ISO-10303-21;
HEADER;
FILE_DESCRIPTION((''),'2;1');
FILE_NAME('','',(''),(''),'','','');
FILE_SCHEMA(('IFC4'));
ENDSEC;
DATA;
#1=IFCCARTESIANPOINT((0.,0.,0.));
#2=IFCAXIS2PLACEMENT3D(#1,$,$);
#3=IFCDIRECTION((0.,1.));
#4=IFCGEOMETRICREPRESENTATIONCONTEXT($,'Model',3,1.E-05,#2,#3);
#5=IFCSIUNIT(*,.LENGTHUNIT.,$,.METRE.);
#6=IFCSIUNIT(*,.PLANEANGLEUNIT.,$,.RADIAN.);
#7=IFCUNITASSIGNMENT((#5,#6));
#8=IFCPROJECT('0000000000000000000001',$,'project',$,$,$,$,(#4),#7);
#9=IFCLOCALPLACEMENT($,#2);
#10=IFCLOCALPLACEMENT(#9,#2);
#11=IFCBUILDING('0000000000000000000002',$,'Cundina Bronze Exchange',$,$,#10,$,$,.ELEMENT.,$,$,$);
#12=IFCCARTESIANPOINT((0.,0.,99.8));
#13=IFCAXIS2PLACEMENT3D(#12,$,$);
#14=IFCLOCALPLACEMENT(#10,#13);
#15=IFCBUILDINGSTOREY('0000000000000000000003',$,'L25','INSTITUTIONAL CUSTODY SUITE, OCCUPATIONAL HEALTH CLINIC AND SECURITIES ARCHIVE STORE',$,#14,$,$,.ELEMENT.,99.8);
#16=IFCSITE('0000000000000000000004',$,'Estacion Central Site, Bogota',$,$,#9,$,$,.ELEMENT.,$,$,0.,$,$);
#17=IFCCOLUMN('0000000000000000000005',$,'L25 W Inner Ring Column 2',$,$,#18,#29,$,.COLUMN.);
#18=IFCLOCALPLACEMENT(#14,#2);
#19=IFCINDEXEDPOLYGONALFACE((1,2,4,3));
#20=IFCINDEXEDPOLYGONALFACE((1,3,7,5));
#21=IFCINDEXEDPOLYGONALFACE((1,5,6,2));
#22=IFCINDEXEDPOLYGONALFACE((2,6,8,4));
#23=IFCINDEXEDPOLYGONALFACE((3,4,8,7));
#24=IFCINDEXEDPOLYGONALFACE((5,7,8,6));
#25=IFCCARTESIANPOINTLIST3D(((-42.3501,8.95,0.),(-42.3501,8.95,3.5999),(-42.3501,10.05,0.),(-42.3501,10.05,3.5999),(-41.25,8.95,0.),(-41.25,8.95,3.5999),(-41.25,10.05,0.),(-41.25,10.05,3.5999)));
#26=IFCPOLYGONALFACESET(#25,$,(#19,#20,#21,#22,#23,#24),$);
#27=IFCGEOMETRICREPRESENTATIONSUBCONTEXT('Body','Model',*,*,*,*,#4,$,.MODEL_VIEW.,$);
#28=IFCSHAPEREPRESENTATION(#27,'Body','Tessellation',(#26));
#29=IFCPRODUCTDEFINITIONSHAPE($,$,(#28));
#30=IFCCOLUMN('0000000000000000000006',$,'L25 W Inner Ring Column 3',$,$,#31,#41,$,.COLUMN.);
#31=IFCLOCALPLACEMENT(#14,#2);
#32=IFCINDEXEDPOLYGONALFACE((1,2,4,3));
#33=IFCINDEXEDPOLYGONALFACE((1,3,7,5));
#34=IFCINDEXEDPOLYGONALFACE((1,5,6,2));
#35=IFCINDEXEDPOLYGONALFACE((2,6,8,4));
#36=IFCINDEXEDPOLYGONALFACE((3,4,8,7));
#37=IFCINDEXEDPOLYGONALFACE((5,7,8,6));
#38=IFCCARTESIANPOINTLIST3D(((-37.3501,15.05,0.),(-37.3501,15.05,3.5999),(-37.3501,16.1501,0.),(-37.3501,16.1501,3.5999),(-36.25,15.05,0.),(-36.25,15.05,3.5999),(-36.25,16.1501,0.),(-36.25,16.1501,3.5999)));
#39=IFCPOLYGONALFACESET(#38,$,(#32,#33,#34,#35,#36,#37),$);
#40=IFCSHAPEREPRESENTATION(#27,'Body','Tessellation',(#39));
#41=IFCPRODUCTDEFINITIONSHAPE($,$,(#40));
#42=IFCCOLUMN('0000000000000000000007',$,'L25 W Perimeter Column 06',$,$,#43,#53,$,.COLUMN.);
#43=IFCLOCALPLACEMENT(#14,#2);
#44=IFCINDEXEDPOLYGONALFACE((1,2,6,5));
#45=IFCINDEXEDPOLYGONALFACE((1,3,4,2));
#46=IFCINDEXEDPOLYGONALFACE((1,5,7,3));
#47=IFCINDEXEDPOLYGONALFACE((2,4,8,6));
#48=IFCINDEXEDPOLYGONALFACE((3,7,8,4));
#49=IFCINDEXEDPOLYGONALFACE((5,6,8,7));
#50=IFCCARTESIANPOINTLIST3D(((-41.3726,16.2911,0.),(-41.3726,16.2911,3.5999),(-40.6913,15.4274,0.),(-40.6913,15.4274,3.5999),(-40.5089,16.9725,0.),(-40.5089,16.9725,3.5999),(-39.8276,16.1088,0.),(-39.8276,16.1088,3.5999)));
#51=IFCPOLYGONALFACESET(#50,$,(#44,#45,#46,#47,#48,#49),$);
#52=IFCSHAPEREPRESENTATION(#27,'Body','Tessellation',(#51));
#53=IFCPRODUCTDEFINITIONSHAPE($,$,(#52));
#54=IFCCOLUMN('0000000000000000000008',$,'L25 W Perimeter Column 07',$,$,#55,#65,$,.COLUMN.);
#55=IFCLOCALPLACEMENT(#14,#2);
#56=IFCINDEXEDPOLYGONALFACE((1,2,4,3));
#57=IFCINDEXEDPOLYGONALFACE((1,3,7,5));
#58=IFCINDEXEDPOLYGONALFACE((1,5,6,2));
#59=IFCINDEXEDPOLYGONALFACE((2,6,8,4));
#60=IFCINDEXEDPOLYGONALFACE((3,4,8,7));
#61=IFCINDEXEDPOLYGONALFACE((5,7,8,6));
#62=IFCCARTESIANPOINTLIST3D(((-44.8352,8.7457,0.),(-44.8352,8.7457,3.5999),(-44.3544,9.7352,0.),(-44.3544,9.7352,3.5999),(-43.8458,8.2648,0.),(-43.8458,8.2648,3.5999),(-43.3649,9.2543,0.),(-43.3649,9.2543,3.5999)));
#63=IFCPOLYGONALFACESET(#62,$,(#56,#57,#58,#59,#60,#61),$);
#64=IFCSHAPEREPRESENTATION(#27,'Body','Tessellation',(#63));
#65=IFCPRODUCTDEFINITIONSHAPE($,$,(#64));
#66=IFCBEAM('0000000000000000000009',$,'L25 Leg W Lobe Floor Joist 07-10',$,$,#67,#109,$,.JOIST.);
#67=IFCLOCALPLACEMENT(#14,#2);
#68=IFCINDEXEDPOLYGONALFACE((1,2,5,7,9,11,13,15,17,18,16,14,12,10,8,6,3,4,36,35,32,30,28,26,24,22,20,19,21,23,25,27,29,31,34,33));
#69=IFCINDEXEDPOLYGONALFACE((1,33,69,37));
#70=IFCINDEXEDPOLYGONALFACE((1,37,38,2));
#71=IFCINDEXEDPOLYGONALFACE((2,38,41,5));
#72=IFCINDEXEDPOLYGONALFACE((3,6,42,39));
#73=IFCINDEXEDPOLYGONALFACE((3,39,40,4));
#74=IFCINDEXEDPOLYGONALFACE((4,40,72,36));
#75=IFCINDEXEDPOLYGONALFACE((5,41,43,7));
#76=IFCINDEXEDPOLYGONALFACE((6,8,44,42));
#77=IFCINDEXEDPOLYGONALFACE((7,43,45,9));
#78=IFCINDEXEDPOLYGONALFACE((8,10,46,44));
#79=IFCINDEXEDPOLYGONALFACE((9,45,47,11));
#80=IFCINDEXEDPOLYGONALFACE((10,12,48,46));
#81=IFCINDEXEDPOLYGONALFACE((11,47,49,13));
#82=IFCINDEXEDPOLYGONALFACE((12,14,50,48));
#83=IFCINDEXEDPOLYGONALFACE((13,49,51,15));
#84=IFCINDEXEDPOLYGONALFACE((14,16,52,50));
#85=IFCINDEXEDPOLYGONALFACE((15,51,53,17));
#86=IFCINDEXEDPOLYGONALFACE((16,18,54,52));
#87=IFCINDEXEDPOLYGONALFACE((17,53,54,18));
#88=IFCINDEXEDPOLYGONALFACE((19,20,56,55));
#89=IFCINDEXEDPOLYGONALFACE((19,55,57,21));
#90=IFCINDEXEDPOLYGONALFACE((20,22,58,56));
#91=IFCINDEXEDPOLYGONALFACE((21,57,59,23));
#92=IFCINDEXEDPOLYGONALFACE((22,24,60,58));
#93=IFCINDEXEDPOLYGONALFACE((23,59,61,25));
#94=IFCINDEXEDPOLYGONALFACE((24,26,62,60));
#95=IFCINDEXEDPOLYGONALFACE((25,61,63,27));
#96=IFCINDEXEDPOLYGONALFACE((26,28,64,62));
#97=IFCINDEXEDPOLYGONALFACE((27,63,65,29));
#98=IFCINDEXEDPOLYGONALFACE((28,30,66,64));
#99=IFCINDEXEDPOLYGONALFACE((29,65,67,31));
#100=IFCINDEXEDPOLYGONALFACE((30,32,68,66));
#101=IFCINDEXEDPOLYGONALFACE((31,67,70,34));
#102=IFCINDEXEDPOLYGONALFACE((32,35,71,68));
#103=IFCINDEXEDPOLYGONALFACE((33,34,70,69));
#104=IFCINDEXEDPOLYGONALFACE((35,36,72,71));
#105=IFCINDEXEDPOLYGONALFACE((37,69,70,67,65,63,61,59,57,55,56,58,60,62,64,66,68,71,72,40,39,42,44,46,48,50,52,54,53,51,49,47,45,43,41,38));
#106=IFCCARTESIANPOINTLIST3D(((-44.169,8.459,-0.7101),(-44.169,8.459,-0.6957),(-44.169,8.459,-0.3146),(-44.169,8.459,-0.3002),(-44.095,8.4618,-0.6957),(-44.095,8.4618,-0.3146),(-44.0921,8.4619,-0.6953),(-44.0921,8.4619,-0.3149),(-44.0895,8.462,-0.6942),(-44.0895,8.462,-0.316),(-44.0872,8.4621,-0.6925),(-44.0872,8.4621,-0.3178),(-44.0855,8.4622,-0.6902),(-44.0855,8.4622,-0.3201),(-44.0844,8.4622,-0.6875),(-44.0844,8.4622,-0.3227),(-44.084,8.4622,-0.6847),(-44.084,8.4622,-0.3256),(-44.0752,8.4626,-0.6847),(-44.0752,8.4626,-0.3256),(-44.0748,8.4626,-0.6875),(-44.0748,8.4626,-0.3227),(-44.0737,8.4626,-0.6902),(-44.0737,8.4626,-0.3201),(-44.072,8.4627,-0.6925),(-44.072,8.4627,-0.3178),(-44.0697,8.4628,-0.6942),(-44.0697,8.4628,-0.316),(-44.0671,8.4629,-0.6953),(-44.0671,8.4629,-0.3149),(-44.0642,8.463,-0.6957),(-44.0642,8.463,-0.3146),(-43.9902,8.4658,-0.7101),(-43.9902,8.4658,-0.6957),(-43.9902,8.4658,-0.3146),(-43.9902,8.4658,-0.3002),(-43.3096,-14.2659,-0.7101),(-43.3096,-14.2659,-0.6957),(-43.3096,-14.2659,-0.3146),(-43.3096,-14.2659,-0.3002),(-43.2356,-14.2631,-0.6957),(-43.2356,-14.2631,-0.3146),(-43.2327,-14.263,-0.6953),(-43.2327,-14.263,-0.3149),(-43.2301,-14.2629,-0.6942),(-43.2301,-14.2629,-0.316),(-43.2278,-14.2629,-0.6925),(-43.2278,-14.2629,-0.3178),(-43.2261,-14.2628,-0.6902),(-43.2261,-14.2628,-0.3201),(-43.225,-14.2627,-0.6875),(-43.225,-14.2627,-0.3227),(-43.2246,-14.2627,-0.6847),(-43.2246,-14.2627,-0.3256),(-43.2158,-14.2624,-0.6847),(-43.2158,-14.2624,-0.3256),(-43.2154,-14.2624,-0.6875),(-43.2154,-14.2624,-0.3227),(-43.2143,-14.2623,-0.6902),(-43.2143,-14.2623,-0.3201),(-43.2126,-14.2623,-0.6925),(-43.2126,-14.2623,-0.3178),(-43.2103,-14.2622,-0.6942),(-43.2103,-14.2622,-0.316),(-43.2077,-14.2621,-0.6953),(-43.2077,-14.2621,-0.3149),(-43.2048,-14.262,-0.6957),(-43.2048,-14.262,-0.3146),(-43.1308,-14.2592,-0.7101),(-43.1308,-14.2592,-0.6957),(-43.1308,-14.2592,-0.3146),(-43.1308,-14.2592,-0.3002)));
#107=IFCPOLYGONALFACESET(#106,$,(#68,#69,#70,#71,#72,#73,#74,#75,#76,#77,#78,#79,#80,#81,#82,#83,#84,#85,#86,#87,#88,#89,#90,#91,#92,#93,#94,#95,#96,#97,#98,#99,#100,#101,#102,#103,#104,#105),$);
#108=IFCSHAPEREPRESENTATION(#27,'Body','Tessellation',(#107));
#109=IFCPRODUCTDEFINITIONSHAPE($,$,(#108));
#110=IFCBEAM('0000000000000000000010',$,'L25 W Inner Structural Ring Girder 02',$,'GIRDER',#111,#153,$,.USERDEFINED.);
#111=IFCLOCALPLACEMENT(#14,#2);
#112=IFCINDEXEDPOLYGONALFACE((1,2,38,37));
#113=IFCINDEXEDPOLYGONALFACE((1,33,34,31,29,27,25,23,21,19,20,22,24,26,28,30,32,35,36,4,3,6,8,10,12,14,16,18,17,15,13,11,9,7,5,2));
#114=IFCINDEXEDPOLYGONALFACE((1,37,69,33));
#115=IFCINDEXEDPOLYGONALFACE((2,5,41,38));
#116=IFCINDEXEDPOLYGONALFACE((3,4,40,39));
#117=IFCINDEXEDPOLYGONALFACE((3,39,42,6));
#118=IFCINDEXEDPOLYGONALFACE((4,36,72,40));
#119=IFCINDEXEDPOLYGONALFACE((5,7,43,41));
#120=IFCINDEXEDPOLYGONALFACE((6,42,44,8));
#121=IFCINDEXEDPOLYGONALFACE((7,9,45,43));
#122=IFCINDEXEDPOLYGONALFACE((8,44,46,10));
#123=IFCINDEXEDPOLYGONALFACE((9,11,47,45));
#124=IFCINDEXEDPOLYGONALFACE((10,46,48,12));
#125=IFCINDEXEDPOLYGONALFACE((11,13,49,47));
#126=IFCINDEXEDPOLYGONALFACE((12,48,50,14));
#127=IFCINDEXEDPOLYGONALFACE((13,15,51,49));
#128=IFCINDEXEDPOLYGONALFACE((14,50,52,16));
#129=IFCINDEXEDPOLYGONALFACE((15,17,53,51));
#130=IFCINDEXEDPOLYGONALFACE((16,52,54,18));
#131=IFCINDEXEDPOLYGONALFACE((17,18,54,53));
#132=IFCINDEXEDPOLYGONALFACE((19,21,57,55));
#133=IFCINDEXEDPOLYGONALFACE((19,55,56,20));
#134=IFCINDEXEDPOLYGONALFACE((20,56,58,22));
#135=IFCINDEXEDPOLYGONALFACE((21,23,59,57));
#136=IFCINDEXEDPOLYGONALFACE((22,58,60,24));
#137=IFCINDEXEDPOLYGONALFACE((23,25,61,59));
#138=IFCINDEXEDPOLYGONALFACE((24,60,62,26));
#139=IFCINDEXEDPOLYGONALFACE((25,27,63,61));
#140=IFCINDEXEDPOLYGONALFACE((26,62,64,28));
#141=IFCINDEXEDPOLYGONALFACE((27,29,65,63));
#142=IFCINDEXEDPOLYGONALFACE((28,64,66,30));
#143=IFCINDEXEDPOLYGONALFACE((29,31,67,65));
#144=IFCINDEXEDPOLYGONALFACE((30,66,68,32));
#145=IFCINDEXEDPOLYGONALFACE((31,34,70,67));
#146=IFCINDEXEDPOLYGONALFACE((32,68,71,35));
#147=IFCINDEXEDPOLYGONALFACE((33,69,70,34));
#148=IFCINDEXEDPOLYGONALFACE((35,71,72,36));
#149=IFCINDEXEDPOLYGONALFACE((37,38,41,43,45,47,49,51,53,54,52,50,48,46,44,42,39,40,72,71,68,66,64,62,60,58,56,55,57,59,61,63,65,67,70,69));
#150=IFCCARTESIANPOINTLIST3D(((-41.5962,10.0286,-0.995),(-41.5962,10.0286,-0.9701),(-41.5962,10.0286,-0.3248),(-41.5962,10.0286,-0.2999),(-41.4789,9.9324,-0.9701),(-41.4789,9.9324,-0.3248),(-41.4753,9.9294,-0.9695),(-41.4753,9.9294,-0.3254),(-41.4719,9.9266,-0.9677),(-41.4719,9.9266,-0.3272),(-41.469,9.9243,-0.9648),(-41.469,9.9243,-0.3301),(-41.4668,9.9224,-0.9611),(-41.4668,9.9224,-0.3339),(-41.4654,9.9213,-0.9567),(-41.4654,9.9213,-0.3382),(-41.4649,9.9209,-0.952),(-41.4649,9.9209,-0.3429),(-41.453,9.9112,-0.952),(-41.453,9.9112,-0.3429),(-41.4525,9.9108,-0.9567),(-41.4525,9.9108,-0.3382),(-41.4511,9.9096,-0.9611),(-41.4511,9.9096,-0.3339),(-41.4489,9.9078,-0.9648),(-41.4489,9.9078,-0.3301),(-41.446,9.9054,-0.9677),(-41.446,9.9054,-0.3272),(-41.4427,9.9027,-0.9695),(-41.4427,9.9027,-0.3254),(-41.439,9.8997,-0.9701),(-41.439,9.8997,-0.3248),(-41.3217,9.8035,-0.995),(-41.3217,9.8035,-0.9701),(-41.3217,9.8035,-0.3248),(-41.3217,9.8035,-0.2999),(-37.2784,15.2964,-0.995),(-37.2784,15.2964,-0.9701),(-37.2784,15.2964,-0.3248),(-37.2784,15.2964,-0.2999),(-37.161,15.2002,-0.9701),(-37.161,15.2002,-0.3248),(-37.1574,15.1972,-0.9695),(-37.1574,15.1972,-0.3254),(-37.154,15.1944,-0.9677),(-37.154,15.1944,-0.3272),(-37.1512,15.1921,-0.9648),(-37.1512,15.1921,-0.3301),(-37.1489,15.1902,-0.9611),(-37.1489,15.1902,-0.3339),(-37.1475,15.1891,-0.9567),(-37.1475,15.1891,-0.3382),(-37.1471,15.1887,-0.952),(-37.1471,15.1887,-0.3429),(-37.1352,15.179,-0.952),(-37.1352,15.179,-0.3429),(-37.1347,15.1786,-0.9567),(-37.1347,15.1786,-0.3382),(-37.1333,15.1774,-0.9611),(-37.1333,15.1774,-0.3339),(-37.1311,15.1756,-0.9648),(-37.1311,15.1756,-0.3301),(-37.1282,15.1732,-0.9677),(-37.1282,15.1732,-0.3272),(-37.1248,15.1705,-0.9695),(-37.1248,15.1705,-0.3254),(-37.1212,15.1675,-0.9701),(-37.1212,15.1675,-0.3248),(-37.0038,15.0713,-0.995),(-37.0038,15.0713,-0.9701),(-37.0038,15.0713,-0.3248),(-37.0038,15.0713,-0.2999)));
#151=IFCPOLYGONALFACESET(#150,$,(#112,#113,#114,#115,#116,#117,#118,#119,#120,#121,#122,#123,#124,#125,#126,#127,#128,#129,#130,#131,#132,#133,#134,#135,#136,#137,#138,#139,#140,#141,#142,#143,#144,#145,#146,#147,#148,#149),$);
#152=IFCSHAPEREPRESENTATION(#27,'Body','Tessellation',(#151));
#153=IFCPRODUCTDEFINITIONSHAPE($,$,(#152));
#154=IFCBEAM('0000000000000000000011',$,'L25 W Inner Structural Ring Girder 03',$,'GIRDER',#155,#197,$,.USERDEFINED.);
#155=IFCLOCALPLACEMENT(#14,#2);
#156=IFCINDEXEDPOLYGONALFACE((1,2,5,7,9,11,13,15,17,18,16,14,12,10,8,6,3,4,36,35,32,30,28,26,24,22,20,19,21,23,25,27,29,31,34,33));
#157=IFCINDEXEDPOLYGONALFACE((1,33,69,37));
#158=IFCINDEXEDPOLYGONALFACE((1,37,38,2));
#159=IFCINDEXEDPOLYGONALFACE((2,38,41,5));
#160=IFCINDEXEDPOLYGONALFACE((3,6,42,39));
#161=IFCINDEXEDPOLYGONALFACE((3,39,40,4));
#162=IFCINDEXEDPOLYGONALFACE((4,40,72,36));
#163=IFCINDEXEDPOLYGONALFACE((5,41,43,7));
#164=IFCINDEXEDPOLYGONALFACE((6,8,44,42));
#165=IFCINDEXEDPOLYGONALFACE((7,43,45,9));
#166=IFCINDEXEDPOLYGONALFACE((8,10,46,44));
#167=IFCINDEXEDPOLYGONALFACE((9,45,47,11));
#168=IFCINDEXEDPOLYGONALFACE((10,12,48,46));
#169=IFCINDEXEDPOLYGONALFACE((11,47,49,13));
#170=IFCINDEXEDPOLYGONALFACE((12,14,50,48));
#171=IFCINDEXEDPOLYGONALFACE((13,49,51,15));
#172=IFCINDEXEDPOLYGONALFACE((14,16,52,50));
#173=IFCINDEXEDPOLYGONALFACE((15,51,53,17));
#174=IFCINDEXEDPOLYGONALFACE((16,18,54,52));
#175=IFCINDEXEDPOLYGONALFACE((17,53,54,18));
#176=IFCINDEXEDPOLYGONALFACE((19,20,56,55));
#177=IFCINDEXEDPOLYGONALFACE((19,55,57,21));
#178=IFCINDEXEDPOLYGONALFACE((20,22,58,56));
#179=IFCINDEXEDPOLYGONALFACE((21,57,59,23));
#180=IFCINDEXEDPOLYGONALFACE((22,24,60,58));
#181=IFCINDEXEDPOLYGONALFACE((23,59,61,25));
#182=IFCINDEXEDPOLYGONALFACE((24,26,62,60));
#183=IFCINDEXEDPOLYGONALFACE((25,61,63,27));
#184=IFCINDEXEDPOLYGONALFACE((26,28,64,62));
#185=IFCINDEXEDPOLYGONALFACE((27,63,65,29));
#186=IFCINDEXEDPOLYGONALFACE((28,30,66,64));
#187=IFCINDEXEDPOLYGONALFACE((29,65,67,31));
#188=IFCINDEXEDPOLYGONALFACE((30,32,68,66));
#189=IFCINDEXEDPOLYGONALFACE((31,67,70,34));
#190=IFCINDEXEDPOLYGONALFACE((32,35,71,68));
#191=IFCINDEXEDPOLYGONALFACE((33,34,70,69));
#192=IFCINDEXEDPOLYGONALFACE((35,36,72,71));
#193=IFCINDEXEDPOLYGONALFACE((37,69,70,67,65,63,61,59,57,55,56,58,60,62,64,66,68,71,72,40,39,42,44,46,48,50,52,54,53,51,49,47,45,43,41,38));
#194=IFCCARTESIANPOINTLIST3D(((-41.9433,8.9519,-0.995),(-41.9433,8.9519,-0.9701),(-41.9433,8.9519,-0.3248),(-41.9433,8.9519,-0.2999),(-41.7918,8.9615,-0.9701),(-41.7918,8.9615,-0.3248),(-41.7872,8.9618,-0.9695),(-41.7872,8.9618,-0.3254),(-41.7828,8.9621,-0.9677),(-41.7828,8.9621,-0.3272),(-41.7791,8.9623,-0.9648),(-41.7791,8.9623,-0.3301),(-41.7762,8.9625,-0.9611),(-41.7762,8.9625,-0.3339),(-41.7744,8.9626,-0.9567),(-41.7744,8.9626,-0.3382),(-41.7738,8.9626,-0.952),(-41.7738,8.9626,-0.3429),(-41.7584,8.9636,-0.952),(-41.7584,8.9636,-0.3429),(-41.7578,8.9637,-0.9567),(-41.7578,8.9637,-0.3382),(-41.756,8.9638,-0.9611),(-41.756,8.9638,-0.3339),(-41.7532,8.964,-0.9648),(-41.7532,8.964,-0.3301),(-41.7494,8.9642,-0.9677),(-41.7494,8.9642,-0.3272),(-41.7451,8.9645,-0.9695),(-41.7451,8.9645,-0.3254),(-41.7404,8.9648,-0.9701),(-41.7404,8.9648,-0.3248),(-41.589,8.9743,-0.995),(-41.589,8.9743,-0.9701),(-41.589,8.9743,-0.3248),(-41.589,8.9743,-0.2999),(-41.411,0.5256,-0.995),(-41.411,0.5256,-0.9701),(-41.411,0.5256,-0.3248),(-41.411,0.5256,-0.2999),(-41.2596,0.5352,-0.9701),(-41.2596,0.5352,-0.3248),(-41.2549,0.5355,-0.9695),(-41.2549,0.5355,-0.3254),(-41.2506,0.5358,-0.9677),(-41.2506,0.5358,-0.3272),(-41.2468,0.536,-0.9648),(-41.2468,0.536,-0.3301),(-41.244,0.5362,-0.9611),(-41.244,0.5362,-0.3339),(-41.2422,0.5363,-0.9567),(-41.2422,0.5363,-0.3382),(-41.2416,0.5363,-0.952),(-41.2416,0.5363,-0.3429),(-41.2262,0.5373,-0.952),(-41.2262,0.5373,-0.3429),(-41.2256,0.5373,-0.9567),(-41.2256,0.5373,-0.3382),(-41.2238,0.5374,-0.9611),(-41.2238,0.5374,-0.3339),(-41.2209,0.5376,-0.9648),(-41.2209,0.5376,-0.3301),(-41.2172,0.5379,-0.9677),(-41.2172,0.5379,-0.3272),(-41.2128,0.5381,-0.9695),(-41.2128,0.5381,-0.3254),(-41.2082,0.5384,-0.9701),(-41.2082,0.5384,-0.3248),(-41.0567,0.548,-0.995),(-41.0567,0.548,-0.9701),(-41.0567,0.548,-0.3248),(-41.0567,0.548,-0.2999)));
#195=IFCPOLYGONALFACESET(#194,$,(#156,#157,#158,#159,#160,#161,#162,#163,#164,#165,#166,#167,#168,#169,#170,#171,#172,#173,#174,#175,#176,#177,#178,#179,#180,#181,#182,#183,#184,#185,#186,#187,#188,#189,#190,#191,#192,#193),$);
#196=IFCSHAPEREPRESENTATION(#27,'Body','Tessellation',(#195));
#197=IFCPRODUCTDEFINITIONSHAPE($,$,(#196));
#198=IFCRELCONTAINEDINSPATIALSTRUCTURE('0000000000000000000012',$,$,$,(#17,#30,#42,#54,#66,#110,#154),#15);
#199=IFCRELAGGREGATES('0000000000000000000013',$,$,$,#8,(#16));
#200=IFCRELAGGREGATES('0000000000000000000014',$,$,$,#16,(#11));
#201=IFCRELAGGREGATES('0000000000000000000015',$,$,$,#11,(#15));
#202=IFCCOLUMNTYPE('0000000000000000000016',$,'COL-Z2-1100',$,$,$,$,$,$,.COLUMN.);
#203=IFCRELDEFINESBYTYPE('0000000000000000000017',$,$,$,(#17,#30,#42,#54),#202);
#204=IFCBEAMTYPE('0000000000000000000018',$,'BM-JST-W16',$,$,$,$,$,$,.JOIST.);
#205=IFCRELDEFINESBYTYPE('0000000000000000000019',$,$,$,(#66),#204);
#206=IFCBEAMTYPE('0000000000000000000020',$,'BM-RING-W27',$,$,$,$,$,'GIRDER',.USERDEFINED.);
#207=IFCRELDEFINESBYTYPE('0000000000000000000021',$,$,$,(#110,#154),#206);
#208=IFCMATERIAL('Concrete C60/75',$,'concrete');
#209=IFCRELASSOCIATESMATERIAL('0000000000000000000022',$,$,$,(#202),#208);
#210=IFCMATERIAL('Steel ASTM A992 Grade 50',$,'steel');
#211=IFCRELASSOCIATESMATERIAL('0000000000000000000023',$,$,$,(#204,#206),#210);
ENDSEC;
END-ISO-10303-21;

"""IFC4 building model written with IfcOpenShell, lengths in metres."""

from ifc_helpers import new_model, si_unit, direction, frame, origin, origin_2d, place, context, subcontext, project, spatial, rectangle, i_section, extrude, material, material_profile, profile_set, type_object, element, save


model = new_model("IFC4")

# Units and contexts
model_context = context("Model", 3, precision=1e-05, world=origin(), true_north=direction((0.0, 1.0)))
body_context = subcontext(model_context, "Body", "Model", "MODEL_VIEW")
ifc_project = project(units=[si_unit("LENGTHUNIT", "METRE"), si_unit("PLANEANGLEUNIT", "RADIAN")], contexts=[model_context])

# Site, building, storey
site_placement = place(None, origin())
site = spatial("IfcSite", under=ifc_project, at=site_placement, Name="Estacion Central Site, Bogota", CompositionType="ELEMENT", RefElevation=0.0)
building_placement = place(site_placement, origin())
building = spatial("IfcBuilding", under=site, at=building_placement, Name="Cundina Bronze Exchange", CompositionType="ELEMENT")
storey_placement = place(building_placement, frame((0.0, 0.0, 99.8)))
storey = spatial("IfcBuildingStorey", under=building, at=storey_placement, Name="L25", Description="INSTITUTIONAL CUSTODY SUITE, OCCUPATIONAL HEALTH CLINIC AND SECURITIES ARCHIVE STORE", CompositionType="ELEMENT", Elevation=99.8)

# Columns
ifc_material_1 = material(Name="Concrete C60/75", Category="concrete")
ifc_material_profile_1 = material_profile(ifc_material_1, rectangle(XDim=1.1001, YDim=1.1001, at=origin_2d()), Name="RC1100X1100", Category="concrete")
ifc_profile_set_1 = profile_set([ifc_material_profile_1], Name="Concrete C60/75")
column_type = type_object("IfcColumnType", Name="COL-Z2-1100", PredefinedType="COLUMN", material=ifc_profile_set_1)
for number, where, z_axis, x_axis, name in (
    (1, (-41.8, 9.5, 0.0), (0.0, 0.0, 1.0), (1.0, 0.0, 0.0), "L25 W Inner Ring Column 2"),
    (2, (-36.8, 15.6001, 0.0), (0.0, 0.0, 1.0), (1.0, 0.0, 0.0), "L25 W Inner Ring Column 3"),
    (3, (-40.6001, 16.2, 0.0), (0.0, 0.0, 1.0), (-0.785101, -0.619368, 0.0), "L25 W Perimeter Column 06"),
    (4, (-44.1001, 9.0, 0.0), (0.0, 0.0, 1.0), (-0.437116, -0.899405, 0.0), "L25 W Perimeter Column 07"),
):
    element("IfcColumn", number, at=place(storey_placement, frame(where, z_axis=z_axis, x_axis=x_axis)), inside=storey, type_object=column_type, Name=name, PredefinedType="COLUMN", context=body_context, shape_type="SweptSolid", body=[
        extrude(rectangle(XDim=1.1001, YDim=1.1001, at=origin_2d()), origin(), (0.0, 0.0, 1.0), 3.5999),
    ])

# Beams
ifc_material_2 = material(Name="Steel ASTM A992 Grade 50", Category="steel")
ifc_material_profile_2 = material_profile(ifc_material_2, i_section(OverallWidth=0.179, OverallDepth=0.4099, WebThickness=0.0088, FlangeThickness=0.0144, FilletRadius=0.011, at=origin_2d()), Name="W16X45", Category="steel")
ifc_profile_set_2 = profile_set([ifc_material_profile_2], Name="Steel ASTM A992 Grade 50")
beam_type_1 = type_object("IfcBeamType", Name="BM-JST-W16", PredefinedType="JOIST", material=ifc_profile_set_2)
beam_1_placement = place(storey_placement, frame((-44.0796, 8.4624, -0.5051), z_axis=(0.03779, -0.999286, 0.0), x_axis=(0.999286, 0.03779, 0.0)))
element("IfcBeam", 5, at=beam_1_placement, inside=storey, type_object=beam_type_1, Name="L25 Leg W Lobe Floor Joist 07-10", PredefinedType="JOIST", context=body_context, shape_type="SweptSolid", body=[
    extrude(i_section(OverallWidth=0.179, OverallDepth=0.4099, WebThickness=0.0088, FlangeThickness=0.0144, FilletRadius=0.011, at=origin_2d()), origin(), (0.0, 0.0, 1.0), 22.7412),
])
ifc_material_profile_3 = material_profile(ifc_material_2, i_section(OverallWidth=0.355, OverallDepth=0.6951, WebThickness=0.0154, FlangeThickness=0.0249, FilletRadius=0.0181, at=origin_2d()), Name="W27X146", Category="steel")
ifc_profile_set_3 = profile_set([ifc_material_profile_3], Name="Steel ASTM A992 Grade 50")
beam_type_2 = type_object("IfcBeamType", Name="BM-RING-W27", ElementType="GIRDER", PredefinedType="USERDEFINED", material=ifc_profile_set_3)
beam_2_placement = place(storey_placement, frame((-37.1411, 15.1838, -0.6475), z_axis=(-0.633927, -0.773393, 0.0), x_axis=(0.773393, -0.633927, 0.0)))
element("IfcBeam", 6, at=beam_2_placement, inside=storey, type_object=beam_type_2, Name="L25 W Inner Structural Ring Girder 02", ObjectType="GIRDER", PredefinedType="USERDEFINED", context=body_context, shape_type="SweptSolid", body=[
    extrude(i_section(OverallWidth=0.355, OverallDepth=0.6951, WebThickness=0.0154, FlangeThickness=0.0249, FilletRadius=0.0181, at=origin_2d()), origin(), (0.0, 0.0, 1.0), 6.8113),
])
beam_3_placement = place(storey_placement, frame((-41.7661, 8.9631, -0.6475), z_axis=(0.063037, -0.998011, 0.0), x_axis=(0.998011, 0.063037, 0.0)))
element("IfcBeam", 7, at=beam_3_placement, inside=storey, type_object=beam_type_2, Name="L25 W Inner Structural Ring Girder 03", ObjectType="GIRDER", PredefinedType="USERDEFINED", context=body_context, shape_type="SweptSolid", body=[
    extrude(i_section(OverallWidth=0.355, OverallDepth=0.6951, WebThickness=0.0154, FlangeThickness=0.0249, FilletRadius=0.0181, at=origin_2d()), origin(), (0.0, 0.0, 1.0), 8.4431),
])

save(model, "model.ifc")
